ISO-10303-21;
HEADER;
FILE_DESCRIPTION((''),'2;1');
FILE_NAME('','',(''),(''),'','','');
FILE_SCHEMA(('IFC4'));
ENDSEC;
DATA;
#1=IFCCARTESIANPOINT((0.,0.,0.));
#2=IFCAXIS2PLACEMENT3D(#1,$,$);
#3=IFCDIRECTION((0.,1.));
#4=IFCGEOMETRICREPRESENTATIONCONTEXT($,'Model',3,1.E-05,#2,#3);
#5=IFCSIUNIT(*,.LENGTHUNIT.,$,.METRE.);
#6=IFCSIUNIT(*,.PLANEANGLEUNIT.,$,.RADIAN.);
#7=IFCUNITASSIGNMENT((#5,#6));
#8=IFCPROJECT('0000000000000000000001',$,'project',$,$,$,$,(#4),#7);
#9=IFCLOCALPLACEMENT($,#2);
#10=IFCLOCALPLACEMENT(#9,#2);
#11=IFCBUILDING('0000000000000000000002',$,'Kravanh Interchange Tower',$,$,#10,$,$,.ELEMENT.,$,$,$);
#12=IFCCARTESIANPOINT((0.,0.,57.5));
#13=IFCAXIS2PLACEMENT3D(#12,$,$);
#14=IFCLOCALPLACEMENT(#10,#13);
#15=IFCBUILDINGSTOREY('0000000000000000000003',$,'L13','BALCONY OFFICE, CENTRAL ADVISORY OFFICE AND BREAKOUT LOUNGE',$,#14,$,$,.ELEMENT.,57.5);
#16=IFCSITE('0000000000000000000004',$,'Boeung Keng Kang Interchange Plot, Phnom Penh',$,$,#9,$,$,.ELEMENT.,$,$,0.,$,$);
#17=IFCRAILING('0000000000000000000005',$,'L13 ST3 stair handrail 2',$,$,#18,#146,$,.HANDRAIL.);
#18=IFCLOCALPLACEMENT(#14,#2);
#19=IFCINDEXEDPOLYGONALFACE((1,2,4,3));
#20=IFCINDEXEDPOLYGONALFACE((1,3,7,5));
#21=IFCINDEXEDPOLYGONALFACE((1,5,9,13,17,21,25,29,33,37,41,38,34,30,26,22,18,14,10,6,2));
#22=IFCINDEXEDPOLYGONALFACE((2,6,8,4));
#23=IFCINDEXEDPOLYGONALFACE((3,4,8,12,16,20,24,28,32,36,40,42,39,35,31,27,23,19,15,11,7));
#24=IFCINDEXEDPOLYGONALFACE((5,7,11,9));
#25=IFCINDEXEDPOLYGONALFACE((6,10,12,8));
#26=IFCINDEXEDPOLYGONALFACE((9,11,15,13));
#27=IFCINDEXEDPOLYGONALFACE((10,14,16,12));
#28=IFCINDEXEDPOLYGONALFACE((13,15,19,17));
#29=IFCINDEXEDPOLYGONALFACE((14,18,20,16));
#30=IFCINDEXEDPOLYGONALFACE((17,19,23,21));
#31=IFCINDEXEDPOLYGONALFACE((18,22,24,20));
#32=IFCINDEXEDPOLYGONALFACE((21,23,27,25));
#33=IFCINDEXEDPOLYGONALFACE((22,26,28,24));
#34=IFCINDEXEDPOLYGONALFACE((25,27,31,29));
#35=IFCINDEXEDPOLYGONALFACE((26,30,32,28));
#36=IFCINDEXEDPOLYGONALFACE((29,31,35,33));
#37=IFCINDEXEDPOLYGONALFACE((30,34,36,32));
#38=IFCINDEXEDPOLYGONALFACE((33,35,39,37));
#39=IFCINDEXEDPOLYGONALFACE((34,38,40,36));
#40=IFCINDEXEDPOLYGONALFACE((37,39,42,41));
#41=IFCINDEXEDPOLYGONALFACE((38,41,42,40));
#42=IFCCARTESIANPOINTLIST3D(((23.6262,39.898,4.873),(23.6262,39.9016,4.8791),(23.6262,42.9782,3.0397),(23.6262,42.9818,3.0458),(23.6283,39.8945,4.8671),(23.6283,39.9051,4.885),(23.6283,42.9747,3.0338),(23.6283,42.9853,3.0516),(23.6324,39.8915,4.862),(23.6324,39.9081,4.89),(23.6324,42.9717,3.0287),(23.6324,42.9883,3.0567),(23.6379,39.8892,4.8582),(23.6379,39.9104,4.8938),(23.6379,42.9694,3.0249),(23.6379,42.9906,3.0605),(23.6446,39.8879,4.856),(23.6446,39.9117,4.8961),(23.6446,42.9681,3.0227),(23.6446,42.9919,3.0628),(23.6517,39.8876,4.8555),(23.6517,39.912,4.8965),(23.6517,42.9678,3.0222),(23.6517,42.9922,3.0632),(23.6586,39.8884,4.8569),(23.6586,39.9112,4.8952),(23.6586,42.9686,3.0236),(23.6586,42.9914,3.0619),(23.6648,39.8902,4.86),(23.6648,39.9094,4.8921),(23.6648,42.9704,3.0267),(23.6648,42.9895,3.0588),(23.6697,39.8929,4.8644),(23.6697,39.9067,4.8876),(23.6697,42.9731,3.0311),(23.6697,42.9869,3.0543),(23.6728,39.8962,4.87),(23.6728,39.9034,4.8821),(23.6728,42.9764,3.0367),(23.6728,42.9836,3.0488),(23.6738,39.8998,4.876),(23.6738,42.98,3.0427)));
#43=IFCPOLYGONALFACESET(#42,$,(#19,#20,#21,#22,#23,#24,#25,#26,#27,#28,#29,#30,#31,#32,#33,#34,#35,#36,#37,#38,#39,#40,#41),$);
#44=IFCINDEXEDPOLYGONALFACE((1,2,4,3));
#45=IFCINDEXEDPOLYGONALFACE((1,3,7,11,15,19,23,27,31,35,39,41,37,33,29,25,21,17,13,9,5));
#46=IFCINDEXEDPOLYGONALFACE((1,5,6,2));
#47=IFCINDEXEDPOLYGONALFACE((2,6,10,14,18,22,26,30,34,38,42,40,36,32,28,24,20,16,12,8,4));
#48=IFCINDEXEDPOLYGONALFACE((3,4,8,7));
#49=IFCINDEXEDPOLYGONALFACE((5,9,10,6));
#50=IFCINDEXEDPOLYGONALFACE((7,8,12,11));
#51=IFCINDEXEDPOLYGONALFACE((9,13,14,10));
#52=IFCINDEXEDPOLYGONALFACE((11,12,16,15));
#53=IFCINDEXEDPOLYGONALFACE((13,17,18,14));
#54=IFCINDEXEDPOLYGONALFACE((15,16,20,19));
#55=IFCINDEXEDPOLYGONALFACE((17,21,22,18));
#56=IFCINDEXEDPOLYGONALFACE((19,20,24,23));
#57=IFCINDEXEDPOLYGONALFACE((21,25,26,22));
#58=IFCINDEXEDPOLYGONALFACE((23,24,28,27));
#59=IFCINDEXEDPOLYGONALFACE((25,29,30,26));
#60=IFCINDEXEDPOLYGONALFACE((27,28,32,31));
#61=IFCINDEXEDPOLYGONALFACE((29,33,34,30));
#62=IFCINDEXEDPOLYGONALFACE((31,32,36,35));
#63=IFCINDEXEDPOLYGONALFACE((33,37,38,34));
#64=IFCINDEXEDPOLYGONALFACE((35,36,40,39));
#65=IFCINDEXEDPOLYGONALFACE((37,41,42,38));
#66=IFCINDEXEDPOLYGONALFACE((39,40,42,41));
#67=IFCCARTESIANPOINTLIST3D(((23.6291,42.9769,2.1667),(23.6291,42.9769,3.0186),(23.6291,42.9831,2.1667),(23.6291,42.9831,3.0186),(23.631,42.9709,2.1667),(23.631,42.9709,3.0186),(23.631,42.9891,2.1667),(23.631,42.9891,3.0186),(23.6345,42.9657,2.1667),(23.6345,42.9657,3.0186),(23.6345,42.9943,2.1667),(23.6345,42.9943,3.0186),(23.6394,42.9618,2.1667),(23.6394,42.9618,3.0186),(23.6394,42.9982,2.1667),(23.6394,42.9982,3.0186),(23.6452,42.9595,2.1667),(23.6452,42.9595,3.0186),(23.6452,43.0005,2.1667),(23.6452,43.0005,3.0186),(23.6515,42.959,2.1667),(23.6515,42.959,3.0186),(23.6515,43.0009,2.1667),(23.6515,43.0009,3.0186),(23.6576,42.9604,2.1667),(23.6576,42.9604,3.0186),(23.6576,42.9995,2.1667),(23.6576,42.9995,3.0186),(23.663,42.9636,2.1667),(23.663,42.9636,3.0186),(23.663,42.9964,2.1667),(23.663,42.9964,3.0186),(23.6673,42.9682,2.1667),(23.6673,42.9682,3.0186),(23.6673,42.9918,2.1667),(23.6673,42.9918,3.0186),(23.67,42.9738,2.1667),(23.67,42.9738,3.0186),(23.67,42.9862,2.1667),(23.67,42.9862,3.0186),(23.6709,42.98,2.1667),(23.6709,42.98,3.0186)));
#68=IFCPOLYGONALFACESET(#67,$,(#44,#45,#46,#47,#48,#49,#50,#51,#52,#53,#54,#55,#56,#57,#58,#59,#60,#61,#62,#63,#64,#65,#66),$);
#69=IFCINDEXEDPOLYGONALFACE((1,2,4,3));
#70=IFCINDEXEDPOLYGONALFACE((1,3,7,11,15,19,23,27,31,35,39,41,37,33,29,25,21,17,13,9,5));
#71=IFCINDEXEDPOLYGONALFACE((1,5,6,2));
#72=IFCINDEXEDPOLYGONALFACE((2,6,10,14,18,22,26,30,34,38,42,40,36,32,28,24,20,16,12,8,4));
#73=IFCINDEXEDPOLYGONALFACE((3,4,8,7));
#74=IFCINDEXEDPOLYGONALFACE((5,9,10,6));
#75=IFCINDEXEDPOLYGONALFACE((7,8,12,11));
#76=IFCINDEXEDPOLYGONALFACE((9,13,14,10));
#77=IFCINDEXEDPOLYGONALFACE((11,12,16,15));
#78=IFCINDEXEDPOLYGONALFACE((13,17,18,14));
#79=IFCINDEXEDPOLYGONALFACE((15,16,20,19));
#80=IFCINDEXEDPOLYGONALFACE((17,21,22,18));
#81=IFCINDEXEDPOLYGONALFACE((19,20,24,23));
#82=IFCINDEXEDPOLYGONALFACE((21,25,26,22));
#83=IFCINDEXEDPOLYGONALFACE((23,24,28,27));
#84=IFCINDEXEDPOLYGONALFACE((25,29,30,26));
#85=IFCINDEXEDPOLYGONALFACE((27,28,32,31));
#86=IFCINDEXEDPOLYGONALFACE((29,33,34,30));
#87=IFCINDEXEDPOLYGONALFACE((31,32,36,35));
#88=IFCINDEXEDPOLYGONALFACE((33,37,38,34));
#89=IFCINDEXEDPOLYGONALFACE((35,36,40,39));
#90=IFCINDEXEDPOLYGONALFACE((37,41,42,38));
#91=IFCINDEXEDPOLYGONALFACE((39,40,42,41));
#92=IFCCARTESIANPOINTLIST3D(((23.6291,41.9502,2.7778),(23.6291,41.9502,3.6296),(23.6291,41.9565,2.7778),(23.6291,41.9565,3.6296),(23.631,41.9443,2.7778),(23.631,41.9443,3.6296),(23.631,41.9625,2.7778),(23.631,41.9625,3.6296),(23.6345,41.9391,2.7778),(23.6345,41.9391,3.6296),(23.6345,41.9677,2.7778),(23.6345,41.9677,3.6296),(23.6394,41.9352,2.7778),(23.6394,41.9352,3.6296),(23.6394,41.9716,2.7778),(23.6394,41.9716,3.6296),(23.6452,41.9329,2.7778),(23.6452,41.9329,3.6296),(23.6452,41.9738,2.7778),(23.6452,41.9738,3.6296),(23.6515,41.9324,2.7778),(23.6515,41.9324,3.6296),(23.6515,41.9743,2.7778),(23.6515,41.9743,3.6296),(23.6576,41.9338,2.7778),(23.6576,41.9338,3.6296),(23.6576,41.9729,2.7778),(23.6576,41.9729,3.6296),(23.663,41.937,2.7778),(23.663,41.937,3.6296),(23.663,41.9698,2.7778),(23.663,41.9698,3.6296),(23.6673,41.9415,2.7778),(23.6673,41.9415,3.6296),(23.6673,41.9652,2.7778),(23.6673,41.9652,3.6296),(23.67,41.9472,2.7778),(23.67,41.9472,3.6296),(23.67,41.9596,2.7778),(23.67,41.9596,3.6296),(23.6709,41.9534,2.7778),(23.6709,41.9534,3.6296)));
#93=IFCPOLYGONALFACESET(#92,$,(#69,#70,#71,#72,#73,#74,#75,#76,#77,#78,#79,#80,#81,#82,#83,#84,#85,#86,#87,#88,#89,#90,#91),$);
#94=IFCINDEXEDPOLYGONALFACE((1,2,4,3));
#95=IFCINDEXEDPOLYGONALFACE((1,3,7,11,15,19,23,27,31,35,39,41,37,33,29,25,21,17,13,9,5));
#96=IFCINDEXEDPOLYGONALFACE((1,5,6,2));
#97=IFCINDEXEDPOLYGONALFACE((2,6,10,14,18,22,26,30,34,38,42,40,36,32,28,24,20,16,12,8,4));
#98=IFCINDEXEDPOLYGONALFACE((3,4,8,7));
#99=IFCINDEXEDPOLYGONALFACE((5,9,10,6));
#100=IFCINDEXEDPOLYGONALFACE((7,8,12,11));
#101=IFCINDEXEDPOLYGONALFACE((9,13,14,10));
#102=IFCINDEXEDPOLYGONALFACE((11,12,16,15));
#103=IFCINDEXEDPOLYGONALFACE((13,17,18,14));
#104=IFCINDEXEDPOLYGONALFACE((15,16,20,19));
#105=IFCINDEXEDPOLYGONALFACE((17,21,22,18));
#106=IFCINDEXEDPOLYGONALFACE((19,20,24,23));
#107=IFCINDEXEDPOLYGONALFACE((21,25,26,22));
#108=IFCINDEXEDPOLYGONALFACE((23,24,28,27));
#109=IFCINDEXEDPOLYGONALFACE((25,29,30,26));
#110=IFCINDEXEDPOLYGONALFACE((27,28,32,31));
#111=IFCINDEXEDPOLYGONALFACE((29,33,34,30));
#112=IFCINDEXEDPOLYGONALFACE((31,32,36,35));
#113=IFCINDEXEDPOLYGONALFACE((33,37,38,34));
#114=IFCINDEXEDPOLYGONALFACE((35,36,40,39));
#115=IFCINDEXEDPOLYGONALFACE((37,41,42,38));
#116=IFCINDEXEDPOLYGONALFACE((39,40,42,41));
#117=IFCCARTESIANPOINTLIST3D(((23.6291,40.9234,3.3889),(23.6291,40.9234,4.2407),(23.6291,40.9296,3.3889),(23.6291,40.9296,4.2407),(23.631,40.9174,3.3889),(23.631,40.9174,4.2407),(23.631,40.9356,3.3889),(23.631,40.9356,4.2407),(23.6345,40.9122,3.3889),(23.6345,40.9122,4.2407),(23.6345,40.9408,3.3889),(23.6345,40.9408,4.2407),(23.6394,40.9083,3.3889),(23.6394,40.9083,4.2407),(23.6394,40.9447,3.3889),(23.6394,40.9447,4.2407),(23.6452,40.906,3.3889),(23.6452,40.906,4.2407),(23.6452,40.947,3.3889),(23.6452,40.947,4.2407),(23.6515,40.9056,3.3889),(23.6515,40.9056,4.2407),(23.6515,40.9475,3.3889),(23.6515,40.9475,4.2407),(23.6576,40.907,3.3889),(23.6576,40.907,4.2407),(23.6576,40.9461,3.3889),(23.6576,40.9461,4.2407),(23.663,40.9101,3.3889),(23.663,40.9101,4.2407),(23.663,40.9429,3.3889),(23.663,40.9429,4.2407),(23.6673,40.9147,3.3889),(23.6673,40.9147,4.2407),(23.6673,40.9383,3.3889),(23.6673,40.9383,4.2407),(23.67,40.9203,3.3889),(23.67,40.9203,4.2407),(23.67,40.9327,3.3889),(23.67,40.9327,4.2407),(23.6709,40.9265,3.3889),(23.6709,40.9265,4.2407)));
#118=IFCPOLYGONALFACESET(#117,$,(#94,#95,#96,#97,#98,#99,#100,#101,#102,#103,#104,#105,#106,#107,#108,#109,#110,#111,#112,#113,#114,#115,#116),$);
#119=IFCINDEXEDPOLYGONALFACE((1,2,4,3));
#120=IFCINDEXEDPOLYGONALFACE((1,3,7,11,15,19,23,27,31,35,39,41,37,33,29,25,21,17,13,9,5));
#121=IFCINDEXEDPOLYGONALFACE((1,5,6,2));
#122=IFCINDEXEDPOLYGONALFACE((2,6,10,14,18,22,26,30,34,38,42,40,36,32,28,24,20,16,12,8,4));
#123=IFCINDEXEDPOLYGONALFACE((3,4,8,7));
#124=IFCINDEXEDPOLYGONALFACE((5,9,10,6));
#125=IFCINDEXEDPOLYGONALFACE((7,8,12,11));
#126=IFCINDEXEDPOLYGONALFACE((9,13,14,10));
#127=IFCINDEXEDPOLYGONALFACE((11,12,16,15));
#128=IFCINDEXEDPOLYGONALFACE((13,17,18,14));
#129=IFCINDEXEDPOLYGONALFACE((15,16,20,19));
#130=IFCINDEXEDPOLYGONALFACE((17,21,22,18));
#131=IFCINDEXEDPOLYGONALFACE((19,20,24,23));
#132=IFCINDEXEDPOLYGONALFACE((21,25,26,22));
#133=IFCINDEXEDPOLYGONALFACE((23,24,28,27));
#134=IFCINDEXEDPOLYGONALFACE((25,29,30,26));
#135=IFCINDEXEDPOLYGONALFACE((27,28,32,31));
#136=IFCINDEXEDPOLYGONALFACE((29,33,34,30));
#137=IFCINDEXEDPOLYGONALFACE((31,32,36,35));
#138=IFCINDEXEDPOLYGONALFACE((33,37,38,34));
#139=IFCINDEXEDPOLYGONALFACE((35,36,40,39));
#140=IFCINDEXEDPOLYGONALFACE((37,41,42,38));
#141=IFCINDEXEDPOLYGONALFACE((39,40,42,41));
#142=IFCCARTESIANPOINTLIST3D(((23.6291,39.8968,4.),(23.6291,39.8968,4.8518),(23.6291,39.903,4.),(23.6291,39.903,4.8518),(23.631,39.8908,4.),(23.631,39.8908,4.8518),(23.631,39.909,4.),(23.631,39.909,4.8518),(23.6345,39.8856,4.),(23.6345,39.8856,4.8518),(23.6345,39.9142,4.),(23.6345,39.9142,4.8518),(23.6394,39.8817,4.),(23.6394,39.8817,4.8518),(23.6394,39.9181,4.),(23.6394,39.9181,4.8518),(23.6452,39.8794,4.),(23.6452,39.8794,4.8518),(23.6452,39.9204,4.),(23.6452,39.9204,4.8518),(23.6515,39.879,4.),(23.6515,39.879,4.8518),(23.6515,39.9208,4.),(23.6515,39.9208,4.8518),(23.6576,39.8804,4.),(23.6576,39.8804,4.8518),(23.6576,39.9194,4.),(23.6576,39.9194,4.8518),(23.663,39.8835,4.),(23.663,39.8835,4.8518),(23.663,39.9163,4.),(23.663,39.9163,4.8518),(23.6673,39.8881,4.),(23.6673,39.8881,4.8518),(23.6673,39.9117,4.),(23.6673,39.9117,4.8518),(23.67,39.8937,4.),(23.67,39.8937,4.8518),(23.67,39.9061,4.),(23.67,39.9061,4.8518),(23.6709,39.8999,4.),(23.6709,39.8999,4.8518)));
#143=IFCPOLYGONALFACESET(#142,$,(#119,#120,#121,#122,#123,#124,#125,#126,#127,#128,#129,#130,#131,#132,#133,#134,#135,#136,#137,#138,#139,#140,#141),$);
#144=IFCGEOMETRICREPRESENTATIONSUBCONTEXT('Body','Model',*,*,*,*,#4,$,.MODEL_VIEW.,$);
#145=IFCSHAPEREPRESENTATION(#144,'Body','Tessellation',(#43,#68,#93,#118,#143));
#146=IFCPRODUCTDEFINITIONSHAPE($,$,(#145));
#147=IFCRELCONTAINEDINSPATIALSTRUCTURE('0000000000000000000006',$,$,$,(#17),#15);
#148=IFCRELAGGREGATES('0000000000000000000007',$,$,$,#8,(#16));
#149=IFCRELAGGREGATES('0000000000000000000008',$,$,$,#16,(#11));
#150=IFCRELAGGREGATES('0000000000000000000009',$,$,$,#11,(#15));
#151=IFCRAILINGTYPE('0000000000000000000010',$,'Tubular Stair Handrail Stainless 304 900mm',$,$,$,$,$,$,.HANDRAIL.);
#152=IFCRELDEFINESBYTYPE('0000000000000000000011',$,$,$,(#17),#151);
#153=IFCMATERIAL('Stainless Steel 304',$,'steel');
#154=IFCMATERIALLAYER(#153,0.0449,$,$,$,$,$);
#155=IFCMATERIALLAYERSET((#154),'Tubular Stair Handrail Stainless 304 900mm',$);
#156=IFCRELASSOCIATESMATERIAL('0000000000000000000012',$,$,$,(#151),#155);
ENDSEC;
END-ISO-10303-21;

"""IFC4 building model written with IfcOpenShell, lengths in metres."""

from ifc_helpers import new_model, si_unit, direction, frame, origin, origin_2d, place, context, subcontext, project, spatial, circle, extrude, material, layer, layer_set, type_object, element, save


model = new_model("IFC4")

# Units and contexts
model_context = context("Model", 3, precision=1e-05, world=origin(), true_north=direction((0.0, 1.0)))
body_context = subcontext(model_context, "Body", "Model", "MODEL_VIEW")
ifc_project = project(units=[si_unit("LENGTHUNIT", "METRE"), si_unit("PLANEANGLEUNIT", "RADIAN")], contexts=[model_context])

# Site, building, storey
site_placement = place(None, origin())
site = spatial("IfcSite", under=ifc_project, at=site_placement, Name="Boeung Keng Kang Interchange Plot, Phnom Penh", CompositionType="ELEMENT", RefElevation=0.0)
building_placement = place(site_placement, origin())
building = spatial("IfcBuilding", under=site, at=building_placement, Name="Kravanh Interchange Tower", CompositionType="ELEMENT")
storey_placement = place(building_placement, frame((0.0, 0.0, 57.5)))
storey = spatial("IfcBuildingStorey", under=building, at=storey_placement, Name="L13", Description="BALCONY OFFICE, CENTRAL ADVISORY OFFICE AND BREAKOUT LOUNGE", CompositionType="ELEMENT", Elevation=57.5)

# Railing
ifc_material_1 = material(Name="Stainless Steel 304", Category="steel")
ifc_layer_1 = layer(ifc_material_1, 0.0449)
ifc_layer_set_1 = layer_set([ifc_layer_1], Name="Tubular Stair Handrail Stainless 304 900mm")
railing_type_1 = type_object("IfcRailingType", Name="Tubular Stair Handrail Stainless 304 900mm", PredefinedType="HANDRAIL", material=ifc_layer_set_1)
railing_1_placement = place(storey_placement, frame((23.6499, 42.98, 2.1667)))
element("IfcRailing", 1, at=railing_1_placement, inside=storey, type_object=railing_type_1, Name="L13 ST3 stair handrail 2", PredefinedType="HANDRAIL", context=body_context, shape_type="SweptSolid", body=[
    extrude(circle(Radius=0.0239, at=origin_2d()), frame((0.0, 0.0, 0.876), z_axis=(0.0, -0.859309, 0.511458), x_axis=(1.0, 0.0, 0.0)), (0.0, 0.0, 1.0), 3.5845),
    extrude(circle(Radius=0.021, at=origin_2d()), origin(), (0.0, 0.0, 1.0), 0.8518),
    extrude(circle(Radius=0.021, at=origin_2d()), frame((0.0, -1.0266, 0.6111)), (0.0, 0.0, 1.0), 0.8518),
    extrude(circle(Radius=0.021, at=origin_2d()), frame((0.0, -2.0535, 1.2222)), (0.0, 0.0, 1.0), 0.8518),
    extrude(circle(Radius=0.021, at=origin_2d()), frame((0.0, -3.0801, 1.8333)), (0.0, 0.0, 1.0), 0.8518),
])

save(model, "model.ifc")
